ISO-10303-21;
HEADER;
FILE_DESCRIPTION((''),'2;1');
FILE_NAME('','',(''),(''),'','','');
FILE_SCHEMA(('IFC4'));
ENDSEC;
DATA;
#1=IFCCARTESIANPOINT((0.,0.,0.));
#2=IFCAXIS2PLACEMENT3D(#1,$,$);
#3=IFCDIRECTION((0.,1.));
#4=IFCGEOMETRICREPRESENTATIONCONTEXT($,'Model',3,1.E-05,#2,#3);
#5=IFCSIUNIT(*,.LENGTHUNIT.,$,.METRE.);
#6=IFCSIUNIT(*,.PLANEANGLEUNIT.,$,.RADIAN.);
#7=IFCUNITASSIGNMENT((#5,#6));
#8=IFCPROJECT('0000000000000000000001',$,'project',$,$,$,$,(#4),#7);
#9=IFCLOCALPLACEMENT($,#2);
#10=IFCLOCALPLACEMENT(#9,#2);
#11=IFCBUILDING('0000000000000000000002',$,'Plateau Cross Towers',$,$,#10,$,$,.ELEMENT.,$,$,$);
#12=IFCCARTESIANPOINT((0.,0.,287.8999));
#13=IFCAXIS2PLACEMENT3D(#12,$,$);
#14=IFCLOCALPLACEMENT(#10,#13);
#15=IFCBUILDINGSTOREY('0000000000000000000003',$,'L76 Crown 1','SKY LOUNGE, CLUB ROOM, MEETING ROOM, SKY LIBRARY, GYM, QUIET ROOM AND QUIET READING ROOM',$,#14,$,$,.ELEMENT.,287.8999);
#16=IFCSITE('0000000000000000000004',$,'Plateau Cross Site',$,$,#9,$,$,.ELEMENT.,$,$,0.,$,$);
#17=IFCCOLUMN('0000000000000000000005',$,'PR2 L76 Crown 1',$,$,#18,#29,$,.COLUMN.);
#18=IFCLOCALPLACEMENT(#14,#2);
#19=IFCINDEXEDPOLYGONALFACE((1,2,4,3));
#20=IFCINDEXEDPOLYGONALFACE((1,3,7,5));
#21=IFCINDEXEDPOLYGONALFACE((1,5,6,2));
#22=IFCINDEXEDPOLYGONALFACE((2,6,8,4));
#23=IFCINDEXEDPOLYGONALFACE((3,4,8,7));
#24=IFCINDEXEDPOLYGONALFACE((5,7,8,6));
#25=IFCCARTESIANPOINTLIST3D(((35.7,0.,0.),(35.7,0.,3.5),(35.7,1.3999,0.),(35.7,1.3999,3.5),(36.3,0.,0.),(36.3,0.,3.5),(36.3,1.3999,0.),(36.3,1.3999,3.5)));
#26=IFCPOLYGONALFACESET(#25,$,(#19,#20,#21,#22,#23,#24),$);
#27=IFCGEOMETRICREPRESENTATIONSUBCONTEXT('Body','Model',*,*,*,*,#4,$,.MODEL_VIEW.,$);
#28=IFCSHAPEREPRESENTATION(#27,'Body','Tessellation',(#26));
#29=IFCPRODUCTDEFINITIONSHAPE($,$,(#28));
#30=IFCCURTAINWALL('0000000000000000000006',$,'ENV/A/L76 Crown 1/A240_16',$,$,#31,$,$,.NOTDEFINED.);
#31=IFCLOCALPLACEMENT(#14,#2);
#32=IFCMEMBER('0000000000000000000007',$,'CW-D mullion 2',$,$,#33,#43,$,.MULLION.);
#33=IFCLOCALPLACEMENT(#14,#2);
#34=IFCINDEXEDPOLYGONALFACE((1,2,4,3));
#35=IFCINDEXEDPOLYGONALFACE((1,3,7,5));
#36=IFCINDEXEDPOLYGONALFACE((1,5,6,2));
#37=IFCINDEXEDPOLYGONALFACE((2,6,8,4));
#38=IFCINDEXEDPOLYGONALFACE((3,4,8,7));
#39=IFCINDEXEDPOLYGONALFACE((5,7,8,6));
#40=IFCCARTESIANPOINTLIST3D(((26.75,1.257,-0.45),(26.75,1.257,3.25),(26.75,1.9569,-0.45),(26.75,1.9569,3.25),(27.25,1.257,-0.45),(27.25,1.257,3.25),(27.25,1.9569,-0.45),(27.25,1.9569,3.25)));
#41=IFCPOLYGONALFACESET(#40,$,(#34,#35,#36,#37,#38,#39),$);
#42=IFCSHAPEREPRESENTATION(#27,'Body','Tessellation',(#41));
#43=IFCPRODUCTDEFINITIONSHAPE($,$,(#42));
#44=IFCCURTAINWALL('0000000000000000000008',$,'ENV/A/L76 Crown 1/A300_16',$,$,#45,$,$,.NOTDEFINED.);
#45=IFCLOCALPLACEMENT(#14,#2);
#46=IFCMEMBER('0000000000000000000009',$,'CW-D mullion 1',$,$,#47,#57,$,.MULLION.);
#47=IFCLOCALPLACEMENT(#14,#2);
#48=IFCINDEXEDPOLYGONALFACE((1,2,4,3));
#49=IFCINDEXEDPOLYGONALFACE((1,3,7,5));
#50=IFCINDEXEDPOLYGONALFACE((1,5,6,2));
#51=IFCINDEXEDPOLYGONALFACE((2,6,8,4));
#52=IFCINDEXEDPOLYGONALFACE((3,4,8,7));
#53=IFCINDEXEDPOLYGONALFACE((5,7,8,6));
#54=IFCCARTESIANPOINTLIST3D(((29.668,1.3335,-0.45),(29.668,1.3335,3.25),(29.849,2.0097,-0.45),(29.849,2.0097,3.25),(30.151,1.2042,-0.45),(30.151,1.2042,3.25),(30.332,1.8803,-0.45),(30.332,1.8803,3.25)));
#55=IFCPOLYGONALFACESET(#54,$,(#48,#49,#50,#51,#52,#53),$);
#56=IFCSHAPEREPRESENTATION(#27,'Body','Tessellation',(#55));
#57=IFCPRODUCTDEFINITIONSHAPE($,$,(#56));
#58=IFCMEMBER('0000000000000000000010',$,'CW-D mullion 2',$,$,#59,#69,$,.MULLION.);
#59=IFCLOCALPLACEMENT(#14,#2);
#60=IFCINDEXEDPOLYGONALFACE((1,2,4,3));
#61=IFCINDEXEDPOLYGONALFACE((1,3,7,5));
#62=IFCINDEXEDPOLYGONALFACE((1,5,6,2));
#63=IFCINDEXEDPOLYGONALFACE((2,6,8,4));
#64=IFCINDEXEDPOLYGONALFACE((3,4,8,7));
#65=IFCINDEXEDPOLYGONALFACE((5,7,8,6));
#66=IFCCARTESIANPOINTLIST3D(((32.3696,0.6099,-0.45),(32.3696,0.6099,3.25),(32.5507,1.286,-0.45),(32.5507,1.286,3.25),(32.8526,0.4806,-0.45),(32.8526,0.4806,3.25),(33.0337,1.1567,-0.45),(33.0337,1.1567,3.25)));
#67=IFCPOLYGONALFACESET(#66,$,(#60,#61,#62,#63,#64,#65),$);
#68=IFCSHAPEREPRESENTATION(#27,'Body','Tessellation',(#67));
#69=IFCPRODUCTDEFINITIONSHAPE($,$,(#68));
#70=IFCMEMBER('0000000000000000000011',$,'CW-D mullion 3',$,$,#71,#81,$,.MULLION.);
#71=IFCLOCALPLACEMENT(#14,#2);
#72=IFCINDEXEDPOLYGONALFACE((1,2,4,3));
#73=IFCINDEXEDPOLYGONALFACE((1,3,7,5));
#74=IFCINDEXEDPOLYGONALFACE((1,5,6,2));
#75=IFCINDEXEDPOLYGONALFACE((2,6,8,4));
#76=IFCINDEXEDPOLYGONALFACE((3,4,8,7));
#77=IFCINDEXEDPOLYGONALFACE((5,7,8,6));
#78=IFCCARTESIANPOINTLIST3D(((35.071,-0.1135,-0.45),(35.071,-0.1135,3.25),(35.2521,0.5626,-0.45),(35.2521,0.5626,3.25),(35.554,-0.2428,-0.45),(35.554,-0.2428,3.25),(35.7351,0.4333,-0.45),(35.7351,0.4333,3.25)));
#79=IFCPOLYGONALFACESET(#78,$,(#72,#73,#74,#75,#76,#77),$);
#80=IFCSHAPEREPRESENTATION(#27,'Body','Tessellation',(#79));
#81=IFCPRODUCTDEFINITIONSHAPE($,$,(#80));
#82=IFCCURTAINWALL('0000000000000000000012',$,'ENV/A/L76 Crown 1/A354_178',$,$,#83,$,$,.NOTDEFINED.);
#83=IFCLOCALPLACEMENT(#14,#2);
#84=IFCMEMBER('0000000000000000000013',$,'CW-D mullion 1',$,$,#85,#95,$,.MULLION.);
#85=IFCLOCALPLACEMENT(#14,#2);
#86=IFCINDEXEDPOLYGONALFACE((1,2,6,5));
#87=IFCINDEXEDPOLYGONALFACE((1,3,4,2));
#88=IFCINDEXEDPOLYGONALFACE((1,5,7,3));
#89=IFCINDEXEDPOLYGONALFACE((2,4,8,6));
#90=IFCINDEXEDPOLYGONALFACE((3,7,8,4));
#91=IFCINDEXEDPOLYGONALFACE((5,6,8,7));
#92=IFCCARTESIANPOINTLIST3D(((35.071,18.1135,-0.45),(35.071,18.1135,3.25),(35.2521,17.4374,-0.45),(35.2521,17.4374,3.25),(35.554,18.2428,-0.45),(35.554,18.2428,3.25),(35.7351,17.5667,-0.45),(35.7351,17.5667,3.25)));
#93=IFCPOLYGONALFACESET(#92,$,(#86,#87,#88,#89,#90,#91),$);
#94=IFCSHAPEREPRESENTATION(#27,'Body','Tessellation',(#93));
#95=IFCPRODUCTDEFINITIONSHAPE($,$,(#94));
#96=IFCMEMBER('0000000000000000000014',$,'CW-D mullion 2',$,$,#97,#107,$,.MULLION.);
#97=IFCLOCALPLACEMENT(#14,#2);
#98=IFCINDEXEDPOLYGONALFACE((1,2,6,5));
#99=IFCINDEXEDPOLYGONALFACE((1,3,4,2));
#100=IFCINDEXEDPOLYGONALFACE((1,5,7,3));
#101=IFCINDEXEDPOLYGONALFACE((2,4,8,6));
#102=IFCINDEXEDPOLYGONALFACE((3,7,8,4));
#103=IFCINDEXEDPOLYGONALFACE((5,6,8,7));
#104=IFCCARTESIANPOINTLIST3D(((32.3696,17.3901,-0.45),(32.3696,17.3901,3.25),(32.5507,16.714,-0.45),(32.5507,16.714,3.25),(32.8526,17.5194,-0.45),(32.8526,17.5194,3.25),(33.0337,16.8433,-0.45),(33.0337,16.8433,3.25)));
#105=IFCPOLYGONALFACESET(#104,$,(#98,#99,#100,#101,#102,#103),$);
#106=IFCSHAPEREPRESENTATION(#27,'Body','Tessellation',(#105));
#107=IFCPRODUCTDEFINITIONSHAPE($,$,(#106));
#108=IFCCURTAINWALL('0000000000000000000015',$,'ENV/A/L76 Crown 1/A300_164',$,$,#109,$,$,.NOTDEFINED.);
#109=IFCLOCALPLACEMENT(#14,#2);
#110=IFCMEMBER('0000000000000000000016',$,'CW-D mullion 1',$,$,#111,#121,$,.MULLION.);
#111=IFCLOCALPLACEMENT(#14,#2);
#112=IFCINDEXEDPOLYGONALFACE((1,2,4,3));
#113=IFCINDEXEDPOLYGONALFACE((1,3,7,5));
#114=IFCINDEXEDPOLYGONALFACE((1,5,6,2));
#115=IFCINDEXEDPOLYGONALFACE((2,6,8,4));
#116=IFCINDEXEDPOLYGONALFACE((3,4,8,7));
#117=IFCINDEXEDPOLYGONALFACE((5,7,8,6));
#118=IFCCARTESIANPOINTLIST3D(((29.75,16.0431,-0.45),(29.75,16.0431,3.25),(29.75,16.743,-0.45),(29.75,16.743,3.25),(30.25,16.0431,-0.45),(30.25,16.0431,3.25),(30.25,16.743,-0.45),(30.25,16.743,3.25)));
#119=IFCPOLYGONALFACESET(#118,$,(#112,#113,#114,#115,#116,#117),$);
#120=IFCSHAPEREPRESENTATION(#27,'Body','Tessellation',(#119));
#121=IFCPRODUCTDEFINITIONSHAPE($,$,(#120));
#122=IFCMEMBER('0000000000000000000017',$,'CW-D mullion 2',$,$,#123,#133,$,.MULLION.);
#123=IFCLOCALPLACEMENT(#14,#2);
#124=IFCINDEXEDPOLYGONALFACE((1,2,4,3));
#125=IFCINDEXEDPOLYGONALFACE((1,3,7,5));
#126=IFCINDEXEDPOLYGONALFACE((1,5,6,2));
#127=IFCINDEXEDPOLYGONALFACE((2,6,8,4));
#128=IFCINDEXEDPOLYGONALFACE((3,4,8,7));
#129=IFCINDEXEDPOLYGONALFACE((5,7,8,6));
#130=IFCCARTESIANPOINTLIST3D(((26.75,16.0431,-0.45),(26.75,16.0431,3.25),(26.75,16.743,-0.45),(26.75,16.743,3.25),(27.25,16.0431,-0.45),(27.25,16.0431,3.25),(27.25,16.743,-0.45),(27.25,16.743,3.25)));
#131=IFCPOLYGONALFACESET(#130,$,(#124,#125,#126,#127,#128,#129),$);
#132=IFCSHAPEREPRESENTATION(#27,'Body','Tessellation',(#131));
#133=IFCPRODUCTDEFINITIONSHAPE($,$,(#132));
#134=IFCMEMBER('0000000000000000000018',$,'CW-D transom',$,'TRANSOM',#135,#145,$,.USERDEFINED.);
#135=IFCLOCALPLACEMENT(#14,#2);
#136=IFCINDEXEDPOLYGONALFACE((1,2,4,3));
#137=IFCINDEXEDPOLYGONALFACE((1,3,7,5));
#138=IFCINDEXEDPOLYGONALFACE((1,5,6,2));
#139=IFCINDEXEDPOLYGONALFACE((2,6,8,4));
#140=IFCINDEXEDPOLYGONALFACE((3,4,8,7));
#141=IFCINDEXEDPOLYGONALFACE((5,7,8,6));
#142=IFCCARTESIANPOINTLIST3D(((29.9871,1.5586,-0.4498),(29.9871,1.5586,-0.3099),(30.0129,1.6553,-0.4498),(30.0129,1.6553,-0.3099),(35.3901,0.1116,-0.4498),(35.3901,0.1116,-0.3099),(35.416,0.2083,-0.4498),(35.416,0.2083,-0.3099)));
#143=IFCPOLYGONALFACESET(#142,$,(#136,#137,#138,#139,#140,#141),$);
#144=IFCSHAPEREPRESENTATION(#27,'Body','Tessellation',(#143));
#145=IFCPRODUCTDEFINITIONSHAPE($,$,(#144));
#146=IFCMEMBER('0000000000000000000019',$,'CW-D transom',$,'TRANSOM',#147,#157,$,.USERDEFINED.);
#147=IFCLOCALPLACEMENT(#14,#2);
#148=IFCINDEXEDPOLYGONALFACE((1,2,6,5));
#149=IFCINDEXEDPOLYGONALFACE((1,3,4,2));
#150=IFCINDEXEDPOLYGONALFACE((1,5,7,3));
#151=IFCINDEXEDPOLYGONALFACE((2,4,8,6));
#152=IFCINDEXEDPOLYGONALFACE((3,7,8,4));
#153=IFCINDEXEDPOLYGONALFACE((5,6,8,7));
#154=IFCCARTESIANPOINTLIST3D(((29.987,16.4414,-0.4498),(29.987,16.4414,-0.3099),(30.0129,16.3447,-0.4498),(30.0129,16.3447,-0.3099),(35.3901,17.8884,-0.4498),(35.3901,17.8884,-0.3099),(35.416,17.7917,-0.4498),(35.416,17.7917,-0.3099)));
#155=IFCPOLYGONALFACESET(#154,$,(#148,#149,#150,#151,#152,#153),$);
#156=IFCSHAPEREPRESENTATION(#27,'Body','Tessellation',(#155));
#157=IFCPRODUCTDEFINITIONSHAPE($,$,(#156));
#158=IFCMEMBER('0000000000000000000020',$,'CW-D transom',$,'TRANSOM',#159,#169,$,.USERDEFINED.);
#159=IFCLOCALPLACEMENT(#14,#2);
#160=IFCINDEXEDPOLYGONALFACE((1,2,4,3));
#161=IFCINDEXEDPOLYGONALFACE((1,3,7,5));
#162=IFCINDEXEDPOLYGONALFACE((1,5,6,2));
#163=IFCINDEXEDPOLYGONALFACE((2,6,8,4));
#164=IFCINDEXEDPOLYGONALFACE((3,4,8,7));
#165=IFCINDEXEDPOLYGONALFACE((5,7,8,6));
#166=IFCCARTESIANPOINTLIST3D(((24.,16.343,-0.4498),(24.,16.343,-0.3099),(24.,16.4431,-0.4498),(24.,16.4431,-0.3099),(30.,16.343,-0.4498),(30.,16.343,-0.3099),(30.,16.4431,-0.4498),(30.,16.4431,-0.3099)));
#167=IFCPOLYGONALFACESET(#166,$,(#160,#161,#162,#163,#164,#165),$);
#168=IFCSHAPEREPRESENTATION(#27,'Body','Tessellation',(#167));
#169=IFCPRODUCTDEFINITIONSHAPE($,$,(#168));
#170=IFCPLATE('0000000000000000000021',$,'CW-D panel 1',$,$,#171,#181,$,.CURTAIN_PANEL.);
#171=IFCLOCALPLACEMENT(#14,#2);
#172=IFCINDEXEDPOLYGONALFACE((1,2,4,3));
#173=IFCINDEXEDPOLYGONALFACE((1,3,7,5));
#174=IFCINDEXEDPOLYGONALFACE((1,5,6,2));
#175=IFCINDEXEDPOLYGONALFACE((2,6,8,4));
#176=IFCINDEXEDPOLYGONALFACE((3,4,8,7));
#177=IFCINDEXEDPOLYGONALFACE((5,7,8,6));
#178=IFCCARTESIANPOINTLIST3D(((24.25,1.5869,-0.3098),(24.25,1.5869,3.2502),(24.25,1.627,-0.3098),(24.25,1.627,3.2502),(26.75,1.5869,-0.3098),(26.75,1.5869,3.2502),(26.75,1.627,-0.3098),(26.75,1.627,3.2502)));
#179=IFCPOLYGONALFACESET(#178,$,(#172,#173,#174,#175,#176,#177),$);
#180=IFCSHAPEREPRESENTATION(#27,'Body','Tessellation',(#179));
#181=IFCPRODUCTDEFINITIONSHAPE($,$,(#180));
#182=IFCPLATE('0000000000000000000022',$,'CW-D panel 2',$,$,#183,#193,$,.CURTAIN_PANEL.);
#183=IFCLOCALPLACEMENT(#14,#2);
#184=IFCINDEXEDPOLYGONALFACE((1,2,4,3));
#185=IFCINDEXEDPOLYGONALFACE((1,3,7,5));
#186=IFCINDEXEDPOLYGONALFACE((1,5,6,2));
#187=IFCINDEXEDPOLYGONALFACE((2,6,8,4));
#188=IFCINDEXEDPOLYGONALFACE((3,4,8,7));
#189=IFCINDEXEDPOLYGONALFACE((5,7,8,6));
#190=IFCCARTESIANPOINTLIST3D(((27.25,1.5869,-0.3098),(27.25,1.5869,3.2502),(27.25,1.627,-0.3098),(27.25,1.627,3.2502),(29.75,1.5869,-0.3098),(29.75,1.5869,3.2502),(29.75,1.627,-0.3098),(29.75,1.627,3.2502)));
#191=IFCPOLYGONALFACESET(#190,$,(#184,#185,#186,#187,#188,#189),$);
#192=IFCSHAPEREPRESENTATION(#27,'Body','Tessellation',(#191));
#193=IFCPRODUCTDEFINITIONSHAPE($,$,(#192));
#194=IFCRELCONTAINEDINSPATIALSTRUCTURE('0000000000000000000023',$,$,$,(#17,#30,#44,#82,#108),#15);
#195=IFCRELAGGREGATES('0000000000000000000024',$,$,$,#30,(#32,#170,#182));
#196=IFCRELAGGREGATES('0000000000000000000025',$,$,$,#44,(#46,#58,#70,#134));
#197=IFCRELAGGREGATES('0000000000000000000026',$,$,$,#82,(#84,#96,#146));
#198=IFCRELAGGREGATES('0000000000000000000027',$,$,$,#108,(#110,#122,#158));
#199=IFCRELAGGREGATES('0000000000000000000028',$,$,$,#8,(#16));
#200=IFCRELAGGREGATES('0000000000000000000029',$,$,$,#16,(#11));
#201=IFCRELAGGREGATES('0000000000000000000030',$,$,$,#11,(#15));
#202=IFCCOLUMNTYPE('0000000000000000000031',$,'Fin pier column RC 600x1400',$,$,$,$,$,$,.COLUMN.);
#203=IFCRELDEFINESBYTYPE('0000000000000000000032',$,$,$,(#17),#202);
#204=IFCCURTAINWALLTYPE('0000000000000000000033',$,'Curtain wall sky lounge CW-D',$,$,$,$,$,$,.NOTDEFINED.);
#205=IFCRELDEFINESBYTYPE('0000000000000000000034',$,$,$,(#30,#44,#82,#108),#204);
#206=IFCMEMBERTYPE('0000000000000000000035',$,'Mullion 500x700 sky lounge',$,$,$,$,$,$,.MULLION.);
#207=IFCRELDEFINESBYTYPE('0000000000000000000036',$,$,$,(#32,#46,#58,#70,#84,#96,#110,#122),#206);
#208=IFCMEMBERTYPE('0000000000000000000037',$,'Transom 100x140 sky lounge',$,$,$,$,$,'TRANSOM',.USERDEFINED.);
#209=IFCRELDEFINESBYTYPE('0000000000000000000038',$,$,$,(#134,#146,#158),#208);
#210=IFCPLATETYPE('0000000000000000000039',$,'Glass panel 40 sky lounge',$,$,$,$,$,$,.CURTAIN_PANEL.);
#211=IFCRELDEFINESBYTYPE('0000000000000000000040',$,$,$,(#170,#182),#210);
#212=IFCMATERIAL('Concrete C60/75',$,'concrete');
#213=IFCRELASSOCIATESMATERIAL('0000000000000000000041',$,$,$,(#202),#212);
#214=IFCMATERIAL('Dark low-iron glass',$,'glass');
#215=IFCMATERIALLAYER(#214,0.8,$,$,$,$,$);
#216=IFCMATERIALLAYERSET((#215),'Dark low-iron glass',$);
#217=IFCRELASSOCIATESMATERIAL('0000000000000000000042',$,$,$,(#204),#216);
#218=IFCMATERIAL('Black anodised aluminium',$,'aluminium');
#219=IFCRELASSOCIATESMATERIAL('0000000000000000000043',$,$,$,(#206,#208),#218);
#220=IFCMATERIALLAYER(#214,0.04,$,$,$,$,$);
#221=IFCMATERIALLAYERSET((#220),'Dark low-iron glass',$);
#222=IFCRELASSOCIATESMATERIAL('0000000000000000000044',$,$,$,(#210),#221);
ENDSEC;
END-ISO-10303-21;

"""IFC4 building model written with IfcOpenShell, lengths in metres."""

from ifc_helpers import new_model, si_unit, direction, frame, origin, origin_2d, place, context, subcontext, project, spatial, rectangle, extrude, material, layer, layer_set, material_profile, profile_set, type_object, element, aggregate, save


model = new_model("IFC4")

# Units and contexts
model_context = context("Model", 3, precision=1e-05, world=origin(), true_north=direction((0.0, 1.0)))
body_context = subcontext(model_context, "Body", "Model", "MODEL_VIEW")
ifc_project = project(units=[si_unit("LENGTHUNIT", "METRE"), si_unit("PLANEANGLEUNIT", "RADIAN")], contexts=[model_context])

# Site, building, storey
site_placement = place(None, origin())
site = spatial("IfcSite", under=ifc_project, at=site_placement, Name="Plateau Cross Site", CompositionType="ELEMENT", RefElevation=0.0)
building_placement = place(site_placement, origin())
building = spatial("IfcBuilding", under=site, at=building_placement, Name="Plateau Cross Towers", CompositionType="ELEMENT")
storey_placement = place(building_placement, frame((0.0, 0.0, 287.8999)))
storey = spatial("IfcBuildingStorey", under=building, at=storey_placement, Name="L76 Crown 1", Description="SKY LOUNGE, CLUB ROOM, MEETING ROOM, SKY LIBRARY, GYM, QUIET ROOM AND QUIET READING ROOM", CompositionType="ELEMENT", Elevation=287.8999)

# Column
ifc_material_1 = material(Name="Concrete C60/75", Category="concrete")
ifc_material_profile_1 = material_profile(ifc_material_1, rectangle(XDim=0.6001, YDim=1.3999, at=origin_2d()), Name="RC 600x1400")
ifc_profile_set_1 = profile_set([ifc_material_profile_1], Name="Concrete C60/75")
column_type = type_object("IfcColumnType", Name="Fin pier column RC 600x1400", PredefinedType="COLUMN", material=ifc_profile_set_1)
column_placement = place(storey_placement, frame((36.0, 0.7, 0.0), z_axis=(0.0, 0.0, 1.0), x_axis=(1.0, 0.0, 0.0)))
element("IfcColumn", 1, at=column_placement, inside=storey, type_object=column_type, Name="PR2 L76 Crown 1", PredefinedType="COLUMN", context=body_context, shape_type="SweptSolid", body=[
    extrude(rectangle(XDim=0.6001, YDim=1.3999, at=origin_2d()), origin(), (0.0, 0.0, 1.0), 3.5),
])

# Curtain wall, member
ifc_material_2 = material(Name="Dark low-iron glass", Category="glass")
ifc_layer_1 = layer(ifc_material_2, 0.8)
ifc_layer_set_1 = layer_set([ifc_layer_1], Name="Dark low-iron glass")
curtain_wall_type = type_object("IfcCurtainWallType", Name="Curtain wall sky lounge CW-D", PredefinedType="NOTDEFINED", material=ifc_layer_set_1)
curtain_wall_1_placement = place(storey_placement, origin())
curtain_wall_1 = element("IfcCurtainWall", 2, at=curtain_wall_1_placement, inside=storey, type_object=curtain_wall_type, Name="ENV/A/L76 Crown 1/A240_16", PredefinedType="NOTDEFINED")
ifc_material_3 = material(Name="Black anodised aluminium", Category="aluminium")
ifc_material_profile_2 = material_profile(ifc_material_3, rectangle(XDim=0.5, YDim=0.7, at=origin_2d()), Name="MULLION 500x700")
ifc_profile_set_2 = profile_set([ifc_material_profile_2], Name="Black anodised aluminium")
member_type_1 = type_object("IfcMemberType", Name="Mullion 500x700 sky lounge", PredefinedType="MULLION", material=ifc_profile_set_2)
member_1_placement = place(storey_placement, frame((27.0, 1.6069, -0.45), z_axis=(0.0, 0.0, 1.0), x_axis=(1.0, 0.0, 0.0)))
member_1 = element("IfcMember", 3, at=member_1_placement, type_object=member_type_1, Name="CW-D mullion 2", PredefinedType="MULLION", context=body_context, shape_type="SweptSolid", body=[
    extrude(rectangle(XDim=0.5, YDim=0.7, at=origin_2d()), origin(), (0.0, 0.0, 1.0), 3.7),
])

# Curtain walls, members
curtain_wall_2_placement = place(storey_placement, origin())
curtain_wall_2 = element("IfcCurtainWall", 4, at=curtain_wall_2_placement, inside=storey, type_object=curtain_wall_type, Name="ENV/A/L76 Crown 1/A300_16", PredefinedType="NOTDEFINED")
member_2_placement = place(storey_placement, frame((30.0, 1.6069, -0.45), z_axis=(0.0, 0.0, 1.0), x_axis=(0.965958, -0.258699, 0.0)))
member_2 = element("IfcMember", 5, at=member_2_placement, type_object=member_type_1, Name="CW-D mullion 1", PredefinedType="MULLION", context=body_context, shape_type="SweptSolid", body=[
    extrude(rectangle(XDim=0.5, YDim=0.7, at=origin_2d()), origin(), (0.0, 0.0, 1.0), 3.7),
])
member_3_placement = place(storey_placement, frame((32.7017, 0.8833, -0.45), z_axis=(0.0, 0.0, 1.0), x_axis=(0.965958, -0.258699, 0.0)))
member_3 = element("IfcMember", 6, at=member_3_placement, type_object=member_type_1, Name="CW-D mullion 2", PredefinedType="MULLION", context=body_context, shape_type="SweptSolid", body=[
    extrude(rectangle(XDim=0.5, YDim=0.7, at=origin_2d()), origin(), (0.0, 0.0, 1.0), 3.7),
])
member_4_placement = place(storey_placement, frame((35.4031, 0.1599, -0.45), z_axis=(0.0, 0.0, 1.0), x_axis=(0.965958, -0.258699, 0.0)))
member_4 = element("IfcMember", 7, at=member_4_placement, type_object=member_type_1, Name="CW-D mullion 3", PredefinedType="MULLION", context=body_context, shape_type="SweptSolid", body=[
    extrude(rectangle(XDim=0.5, YDim=0.7, at=origin_2d()), origin(), (0.0, 0.0, 1.0), 3.7),
])
curtain_wall_3_placement = place(storey_placement, origin())
curtain_wall_3 = element("IfcCurtainWall", 8, at=curtain_wall_3_placement, inside=storey, type_object=curtain_wall_type, Name="ENV/A/L76 Crown 1/A354_178", PredefinedType="NOTDEFINED")
member_5_placement = place(storey_placement, frame((35.4031, 17.8401, -0.45), z_axis=(0.0, 0.0, 1.0), x_axis=(-0.965958, -0.258699, 0.0)))
member_5 = element("IfcMember", 9, at=member_5_placement, type_object=member_type_1, Name="CW-D mullion 1", PredefinedType="MULLION", context=body_context, shape_type="SweptSolid", body=[
    extrude(rectangle(XDim=0.5, YDim=0.7, at=origin_2d()), origin(), (0.0, 0.0, 1.0), 3.7),
])
member_6_placement = place(storey_placement, frame((32.7017, 17.1167, -0.45), z_axis=(0.0, 0.0, 1.0), x_axis=(-0.965958, -0.258699, 0.0)))
member_6 = element("IfcMember", 10, at=member_6_placement, type_object=member_type_1, Name="CW-D mullion 2", PredefinedType="MULLION", context=body_context, shape_type="SweptSolid", body=[
    extrude(rectangle(XDim=0.5, YDim=0.7, at=origin_2d()), origin(), (0.0, 0.0, 1.0), 3.7),
])
curtain_wall_4_placement = place(storey_placement, origin())
curtain_wall_4 = element("IfcCurtainWall", 11, at=curtain_wall_4_placement, inside=storey, type_object=curtain_wall_type, Name="ENV/A/L76 Crown 1/A300_164", PredefinedType="NOTDEFINED")
member_7_placement = place(storey_placement, frame((30.0, 16.3931, -0.45), z_axis=(0.0, 0.0, 1.0), x_axis=(-1.0, 0.0, 0.0)))
member_7 = element("IfcMember", 12, at=member_7_placement, type_object=member_type_1, Name="CW-D mullion 1", PredefinedType="MULLION", context=body_context, shape_type="SweptSolid", body=[
    extrude(rectangle(XDim=0.5, YDim=0.7, at=origin_2d()), origin(), (0.0, 0.0, 1.0), 3.7),
])
member_8_placement = place(storey_placement, frame((27.0, 16.3931, -0.45), z_axis=(0.0, 0.0, 1.0), x_axis=(-1.0, 0.0, 0.0)))
member_8 = element("IfcMember", 13, at=member_8_placement, type_object=member_type_1, Name="CW-D mullion 2", PredefinedType="MULLION", context=body_context, shape_type="SweptSolid", body=[
    extrude(rectangle(XDim=0.5, YDim=0.7, at=origin_2d()), origin(), (0.0, 0.0, 1.0), 3.7),
])

# Members
ifc_material_profile_3 = material_profile(ifc_material_3, rectangle(XDim=0.1001, YDim=0.1399, at=origin_2d()), Name="TRANSOM 100x140")
ifc_profile_set_3 = profile_set([ifc_material_profile_3], Name="Black anodised aluminium")
member_type_2 = type_object("IfcMemberType", Name="Transom 100x140 sky lounge", ElementType="TRANSOM", PredefinedType="USERDEFINED", material=ifc_profile_set_3)
member_9_placement = place(storey_placement, frame((30.0, 1.6069, -0.3799), z_axis=(0.965958, -0.258698, 0.0), x_axis=(0.258698, 0.965958, 0.0)))
member_9 = element("IfcMember", 14, at=member_9_placement, type_object=member_type_2, Name="CW-D transom", ObjectType="TRANSOM", PredefinedType="USERDEFINED", context=body_context, shape_type="SweptSolid", body=[
    extrude(rectangle(XDim=0.1001, YDim=0.1399, at=origin_2d()), origin(), (0.0, 0.0, 1.0), 5.5935),
])
member_10_placement = place(storey_placement, frame((35.4031, 17.8401, -0.3799), z_axis=(-0.965958, -0.258698, 0.0), x_axis=(0.258698, -0.965958, 0.0)))
member_10 = element("IfcMember", 15, at=member_10_placement, type_object=member_type_2, Name="CW-D transom", ObjectType="TRANSOM", PredefinedType="USERDEFINED", context=body_context, shape_type="SweptSolid", body=[
    extrude(rectangle(XDim=0.1001, YDim=0.1399, at=origin_2d()), origin(), (0.0, 0.0, 1.0), 5.5935),
])
member_11_placement = place(storey_placement, frame((30.0, 16.3931, -0.3799), z_axis=(-1.0, 0.0, 0.0), x_axis=(0.0, -1.0, 0.0)))
member_11 = element("IfcMember", 16, at=member_11_placement, type_object=member_type_2, Name="CW-D transom", ObjectType="TRANSOM", PredefinedType="USERDEFINED", context=body_context, shape_type="SweptSolid", body=[
    extrude(rectangle(XDim=0.1001, YDim=0.1399, at=origin_2d()), origin(), (0.0, 0.0, 1.0), 6.0),
])

# Plates
ifc_layer_2 = layer(ifc_material_2, 0.04)
ifc_layer_set_2 = layer_set([ifc_layer_2], Name="Dark low-iron glass")
plate_type = type_object("IfcPlateType", Name="Glass panel 40 sky lounge", PredefinedType="CURTAIN_PANEL", material=ifc_layer_set_2)
plate_1_placement = place(storey_placement, frame((25.5, 1.6069, -0.3098), z_axis=(0.0, 0.0, 1.0), x_axis=(1.0, 0.0, 0.0)))
plate_1 = element("IfcPlate", 17, at=plate_1_placement, type_object=plate_type, Name="CW-D panel 1", PredefinedType="CURTAIN_PANEL", context=body_context, shape_type="SweptSolid", body=[
    extrude(rectangle(XDim=2.5, YDim=0.04, at=origin_2d()), origin(), (0.0, 0.0, 1.0), 3.5601),
])
plate_2_placement = place(storey_placement, frame((28.5, 1.6069, -0.3098), z_axis=(0.0, 0.0, 1.0), x_axis=(1.0, 0.0, 0.0)))
plate_2 = element("IfcPlate", 18, at=plate_2_placement, type_object=plate_type, Name="CW-D panel 2", PredefinedType="CURTAIN_PANEL", context=body_context, shape_type="SweptSolid", body=[
    extrude(rectangle(XDim=2.5, YDim=0.04, at=origin_2d()), origin(), (0.0, 0.0, 1.0), 3.5601),
])
aggregate(curtain_wall_1, [member_1, plate_1, plate_2])
aggregate(curtain_wall_2, [member_2, member_3, member_4, member_9])
aggregate(curtain_wall_3, [member_5, member_6, member_10])
aggregate(curtain_wall_4, [member_7, member_8, member_11])

save(model, "model.ifc")
